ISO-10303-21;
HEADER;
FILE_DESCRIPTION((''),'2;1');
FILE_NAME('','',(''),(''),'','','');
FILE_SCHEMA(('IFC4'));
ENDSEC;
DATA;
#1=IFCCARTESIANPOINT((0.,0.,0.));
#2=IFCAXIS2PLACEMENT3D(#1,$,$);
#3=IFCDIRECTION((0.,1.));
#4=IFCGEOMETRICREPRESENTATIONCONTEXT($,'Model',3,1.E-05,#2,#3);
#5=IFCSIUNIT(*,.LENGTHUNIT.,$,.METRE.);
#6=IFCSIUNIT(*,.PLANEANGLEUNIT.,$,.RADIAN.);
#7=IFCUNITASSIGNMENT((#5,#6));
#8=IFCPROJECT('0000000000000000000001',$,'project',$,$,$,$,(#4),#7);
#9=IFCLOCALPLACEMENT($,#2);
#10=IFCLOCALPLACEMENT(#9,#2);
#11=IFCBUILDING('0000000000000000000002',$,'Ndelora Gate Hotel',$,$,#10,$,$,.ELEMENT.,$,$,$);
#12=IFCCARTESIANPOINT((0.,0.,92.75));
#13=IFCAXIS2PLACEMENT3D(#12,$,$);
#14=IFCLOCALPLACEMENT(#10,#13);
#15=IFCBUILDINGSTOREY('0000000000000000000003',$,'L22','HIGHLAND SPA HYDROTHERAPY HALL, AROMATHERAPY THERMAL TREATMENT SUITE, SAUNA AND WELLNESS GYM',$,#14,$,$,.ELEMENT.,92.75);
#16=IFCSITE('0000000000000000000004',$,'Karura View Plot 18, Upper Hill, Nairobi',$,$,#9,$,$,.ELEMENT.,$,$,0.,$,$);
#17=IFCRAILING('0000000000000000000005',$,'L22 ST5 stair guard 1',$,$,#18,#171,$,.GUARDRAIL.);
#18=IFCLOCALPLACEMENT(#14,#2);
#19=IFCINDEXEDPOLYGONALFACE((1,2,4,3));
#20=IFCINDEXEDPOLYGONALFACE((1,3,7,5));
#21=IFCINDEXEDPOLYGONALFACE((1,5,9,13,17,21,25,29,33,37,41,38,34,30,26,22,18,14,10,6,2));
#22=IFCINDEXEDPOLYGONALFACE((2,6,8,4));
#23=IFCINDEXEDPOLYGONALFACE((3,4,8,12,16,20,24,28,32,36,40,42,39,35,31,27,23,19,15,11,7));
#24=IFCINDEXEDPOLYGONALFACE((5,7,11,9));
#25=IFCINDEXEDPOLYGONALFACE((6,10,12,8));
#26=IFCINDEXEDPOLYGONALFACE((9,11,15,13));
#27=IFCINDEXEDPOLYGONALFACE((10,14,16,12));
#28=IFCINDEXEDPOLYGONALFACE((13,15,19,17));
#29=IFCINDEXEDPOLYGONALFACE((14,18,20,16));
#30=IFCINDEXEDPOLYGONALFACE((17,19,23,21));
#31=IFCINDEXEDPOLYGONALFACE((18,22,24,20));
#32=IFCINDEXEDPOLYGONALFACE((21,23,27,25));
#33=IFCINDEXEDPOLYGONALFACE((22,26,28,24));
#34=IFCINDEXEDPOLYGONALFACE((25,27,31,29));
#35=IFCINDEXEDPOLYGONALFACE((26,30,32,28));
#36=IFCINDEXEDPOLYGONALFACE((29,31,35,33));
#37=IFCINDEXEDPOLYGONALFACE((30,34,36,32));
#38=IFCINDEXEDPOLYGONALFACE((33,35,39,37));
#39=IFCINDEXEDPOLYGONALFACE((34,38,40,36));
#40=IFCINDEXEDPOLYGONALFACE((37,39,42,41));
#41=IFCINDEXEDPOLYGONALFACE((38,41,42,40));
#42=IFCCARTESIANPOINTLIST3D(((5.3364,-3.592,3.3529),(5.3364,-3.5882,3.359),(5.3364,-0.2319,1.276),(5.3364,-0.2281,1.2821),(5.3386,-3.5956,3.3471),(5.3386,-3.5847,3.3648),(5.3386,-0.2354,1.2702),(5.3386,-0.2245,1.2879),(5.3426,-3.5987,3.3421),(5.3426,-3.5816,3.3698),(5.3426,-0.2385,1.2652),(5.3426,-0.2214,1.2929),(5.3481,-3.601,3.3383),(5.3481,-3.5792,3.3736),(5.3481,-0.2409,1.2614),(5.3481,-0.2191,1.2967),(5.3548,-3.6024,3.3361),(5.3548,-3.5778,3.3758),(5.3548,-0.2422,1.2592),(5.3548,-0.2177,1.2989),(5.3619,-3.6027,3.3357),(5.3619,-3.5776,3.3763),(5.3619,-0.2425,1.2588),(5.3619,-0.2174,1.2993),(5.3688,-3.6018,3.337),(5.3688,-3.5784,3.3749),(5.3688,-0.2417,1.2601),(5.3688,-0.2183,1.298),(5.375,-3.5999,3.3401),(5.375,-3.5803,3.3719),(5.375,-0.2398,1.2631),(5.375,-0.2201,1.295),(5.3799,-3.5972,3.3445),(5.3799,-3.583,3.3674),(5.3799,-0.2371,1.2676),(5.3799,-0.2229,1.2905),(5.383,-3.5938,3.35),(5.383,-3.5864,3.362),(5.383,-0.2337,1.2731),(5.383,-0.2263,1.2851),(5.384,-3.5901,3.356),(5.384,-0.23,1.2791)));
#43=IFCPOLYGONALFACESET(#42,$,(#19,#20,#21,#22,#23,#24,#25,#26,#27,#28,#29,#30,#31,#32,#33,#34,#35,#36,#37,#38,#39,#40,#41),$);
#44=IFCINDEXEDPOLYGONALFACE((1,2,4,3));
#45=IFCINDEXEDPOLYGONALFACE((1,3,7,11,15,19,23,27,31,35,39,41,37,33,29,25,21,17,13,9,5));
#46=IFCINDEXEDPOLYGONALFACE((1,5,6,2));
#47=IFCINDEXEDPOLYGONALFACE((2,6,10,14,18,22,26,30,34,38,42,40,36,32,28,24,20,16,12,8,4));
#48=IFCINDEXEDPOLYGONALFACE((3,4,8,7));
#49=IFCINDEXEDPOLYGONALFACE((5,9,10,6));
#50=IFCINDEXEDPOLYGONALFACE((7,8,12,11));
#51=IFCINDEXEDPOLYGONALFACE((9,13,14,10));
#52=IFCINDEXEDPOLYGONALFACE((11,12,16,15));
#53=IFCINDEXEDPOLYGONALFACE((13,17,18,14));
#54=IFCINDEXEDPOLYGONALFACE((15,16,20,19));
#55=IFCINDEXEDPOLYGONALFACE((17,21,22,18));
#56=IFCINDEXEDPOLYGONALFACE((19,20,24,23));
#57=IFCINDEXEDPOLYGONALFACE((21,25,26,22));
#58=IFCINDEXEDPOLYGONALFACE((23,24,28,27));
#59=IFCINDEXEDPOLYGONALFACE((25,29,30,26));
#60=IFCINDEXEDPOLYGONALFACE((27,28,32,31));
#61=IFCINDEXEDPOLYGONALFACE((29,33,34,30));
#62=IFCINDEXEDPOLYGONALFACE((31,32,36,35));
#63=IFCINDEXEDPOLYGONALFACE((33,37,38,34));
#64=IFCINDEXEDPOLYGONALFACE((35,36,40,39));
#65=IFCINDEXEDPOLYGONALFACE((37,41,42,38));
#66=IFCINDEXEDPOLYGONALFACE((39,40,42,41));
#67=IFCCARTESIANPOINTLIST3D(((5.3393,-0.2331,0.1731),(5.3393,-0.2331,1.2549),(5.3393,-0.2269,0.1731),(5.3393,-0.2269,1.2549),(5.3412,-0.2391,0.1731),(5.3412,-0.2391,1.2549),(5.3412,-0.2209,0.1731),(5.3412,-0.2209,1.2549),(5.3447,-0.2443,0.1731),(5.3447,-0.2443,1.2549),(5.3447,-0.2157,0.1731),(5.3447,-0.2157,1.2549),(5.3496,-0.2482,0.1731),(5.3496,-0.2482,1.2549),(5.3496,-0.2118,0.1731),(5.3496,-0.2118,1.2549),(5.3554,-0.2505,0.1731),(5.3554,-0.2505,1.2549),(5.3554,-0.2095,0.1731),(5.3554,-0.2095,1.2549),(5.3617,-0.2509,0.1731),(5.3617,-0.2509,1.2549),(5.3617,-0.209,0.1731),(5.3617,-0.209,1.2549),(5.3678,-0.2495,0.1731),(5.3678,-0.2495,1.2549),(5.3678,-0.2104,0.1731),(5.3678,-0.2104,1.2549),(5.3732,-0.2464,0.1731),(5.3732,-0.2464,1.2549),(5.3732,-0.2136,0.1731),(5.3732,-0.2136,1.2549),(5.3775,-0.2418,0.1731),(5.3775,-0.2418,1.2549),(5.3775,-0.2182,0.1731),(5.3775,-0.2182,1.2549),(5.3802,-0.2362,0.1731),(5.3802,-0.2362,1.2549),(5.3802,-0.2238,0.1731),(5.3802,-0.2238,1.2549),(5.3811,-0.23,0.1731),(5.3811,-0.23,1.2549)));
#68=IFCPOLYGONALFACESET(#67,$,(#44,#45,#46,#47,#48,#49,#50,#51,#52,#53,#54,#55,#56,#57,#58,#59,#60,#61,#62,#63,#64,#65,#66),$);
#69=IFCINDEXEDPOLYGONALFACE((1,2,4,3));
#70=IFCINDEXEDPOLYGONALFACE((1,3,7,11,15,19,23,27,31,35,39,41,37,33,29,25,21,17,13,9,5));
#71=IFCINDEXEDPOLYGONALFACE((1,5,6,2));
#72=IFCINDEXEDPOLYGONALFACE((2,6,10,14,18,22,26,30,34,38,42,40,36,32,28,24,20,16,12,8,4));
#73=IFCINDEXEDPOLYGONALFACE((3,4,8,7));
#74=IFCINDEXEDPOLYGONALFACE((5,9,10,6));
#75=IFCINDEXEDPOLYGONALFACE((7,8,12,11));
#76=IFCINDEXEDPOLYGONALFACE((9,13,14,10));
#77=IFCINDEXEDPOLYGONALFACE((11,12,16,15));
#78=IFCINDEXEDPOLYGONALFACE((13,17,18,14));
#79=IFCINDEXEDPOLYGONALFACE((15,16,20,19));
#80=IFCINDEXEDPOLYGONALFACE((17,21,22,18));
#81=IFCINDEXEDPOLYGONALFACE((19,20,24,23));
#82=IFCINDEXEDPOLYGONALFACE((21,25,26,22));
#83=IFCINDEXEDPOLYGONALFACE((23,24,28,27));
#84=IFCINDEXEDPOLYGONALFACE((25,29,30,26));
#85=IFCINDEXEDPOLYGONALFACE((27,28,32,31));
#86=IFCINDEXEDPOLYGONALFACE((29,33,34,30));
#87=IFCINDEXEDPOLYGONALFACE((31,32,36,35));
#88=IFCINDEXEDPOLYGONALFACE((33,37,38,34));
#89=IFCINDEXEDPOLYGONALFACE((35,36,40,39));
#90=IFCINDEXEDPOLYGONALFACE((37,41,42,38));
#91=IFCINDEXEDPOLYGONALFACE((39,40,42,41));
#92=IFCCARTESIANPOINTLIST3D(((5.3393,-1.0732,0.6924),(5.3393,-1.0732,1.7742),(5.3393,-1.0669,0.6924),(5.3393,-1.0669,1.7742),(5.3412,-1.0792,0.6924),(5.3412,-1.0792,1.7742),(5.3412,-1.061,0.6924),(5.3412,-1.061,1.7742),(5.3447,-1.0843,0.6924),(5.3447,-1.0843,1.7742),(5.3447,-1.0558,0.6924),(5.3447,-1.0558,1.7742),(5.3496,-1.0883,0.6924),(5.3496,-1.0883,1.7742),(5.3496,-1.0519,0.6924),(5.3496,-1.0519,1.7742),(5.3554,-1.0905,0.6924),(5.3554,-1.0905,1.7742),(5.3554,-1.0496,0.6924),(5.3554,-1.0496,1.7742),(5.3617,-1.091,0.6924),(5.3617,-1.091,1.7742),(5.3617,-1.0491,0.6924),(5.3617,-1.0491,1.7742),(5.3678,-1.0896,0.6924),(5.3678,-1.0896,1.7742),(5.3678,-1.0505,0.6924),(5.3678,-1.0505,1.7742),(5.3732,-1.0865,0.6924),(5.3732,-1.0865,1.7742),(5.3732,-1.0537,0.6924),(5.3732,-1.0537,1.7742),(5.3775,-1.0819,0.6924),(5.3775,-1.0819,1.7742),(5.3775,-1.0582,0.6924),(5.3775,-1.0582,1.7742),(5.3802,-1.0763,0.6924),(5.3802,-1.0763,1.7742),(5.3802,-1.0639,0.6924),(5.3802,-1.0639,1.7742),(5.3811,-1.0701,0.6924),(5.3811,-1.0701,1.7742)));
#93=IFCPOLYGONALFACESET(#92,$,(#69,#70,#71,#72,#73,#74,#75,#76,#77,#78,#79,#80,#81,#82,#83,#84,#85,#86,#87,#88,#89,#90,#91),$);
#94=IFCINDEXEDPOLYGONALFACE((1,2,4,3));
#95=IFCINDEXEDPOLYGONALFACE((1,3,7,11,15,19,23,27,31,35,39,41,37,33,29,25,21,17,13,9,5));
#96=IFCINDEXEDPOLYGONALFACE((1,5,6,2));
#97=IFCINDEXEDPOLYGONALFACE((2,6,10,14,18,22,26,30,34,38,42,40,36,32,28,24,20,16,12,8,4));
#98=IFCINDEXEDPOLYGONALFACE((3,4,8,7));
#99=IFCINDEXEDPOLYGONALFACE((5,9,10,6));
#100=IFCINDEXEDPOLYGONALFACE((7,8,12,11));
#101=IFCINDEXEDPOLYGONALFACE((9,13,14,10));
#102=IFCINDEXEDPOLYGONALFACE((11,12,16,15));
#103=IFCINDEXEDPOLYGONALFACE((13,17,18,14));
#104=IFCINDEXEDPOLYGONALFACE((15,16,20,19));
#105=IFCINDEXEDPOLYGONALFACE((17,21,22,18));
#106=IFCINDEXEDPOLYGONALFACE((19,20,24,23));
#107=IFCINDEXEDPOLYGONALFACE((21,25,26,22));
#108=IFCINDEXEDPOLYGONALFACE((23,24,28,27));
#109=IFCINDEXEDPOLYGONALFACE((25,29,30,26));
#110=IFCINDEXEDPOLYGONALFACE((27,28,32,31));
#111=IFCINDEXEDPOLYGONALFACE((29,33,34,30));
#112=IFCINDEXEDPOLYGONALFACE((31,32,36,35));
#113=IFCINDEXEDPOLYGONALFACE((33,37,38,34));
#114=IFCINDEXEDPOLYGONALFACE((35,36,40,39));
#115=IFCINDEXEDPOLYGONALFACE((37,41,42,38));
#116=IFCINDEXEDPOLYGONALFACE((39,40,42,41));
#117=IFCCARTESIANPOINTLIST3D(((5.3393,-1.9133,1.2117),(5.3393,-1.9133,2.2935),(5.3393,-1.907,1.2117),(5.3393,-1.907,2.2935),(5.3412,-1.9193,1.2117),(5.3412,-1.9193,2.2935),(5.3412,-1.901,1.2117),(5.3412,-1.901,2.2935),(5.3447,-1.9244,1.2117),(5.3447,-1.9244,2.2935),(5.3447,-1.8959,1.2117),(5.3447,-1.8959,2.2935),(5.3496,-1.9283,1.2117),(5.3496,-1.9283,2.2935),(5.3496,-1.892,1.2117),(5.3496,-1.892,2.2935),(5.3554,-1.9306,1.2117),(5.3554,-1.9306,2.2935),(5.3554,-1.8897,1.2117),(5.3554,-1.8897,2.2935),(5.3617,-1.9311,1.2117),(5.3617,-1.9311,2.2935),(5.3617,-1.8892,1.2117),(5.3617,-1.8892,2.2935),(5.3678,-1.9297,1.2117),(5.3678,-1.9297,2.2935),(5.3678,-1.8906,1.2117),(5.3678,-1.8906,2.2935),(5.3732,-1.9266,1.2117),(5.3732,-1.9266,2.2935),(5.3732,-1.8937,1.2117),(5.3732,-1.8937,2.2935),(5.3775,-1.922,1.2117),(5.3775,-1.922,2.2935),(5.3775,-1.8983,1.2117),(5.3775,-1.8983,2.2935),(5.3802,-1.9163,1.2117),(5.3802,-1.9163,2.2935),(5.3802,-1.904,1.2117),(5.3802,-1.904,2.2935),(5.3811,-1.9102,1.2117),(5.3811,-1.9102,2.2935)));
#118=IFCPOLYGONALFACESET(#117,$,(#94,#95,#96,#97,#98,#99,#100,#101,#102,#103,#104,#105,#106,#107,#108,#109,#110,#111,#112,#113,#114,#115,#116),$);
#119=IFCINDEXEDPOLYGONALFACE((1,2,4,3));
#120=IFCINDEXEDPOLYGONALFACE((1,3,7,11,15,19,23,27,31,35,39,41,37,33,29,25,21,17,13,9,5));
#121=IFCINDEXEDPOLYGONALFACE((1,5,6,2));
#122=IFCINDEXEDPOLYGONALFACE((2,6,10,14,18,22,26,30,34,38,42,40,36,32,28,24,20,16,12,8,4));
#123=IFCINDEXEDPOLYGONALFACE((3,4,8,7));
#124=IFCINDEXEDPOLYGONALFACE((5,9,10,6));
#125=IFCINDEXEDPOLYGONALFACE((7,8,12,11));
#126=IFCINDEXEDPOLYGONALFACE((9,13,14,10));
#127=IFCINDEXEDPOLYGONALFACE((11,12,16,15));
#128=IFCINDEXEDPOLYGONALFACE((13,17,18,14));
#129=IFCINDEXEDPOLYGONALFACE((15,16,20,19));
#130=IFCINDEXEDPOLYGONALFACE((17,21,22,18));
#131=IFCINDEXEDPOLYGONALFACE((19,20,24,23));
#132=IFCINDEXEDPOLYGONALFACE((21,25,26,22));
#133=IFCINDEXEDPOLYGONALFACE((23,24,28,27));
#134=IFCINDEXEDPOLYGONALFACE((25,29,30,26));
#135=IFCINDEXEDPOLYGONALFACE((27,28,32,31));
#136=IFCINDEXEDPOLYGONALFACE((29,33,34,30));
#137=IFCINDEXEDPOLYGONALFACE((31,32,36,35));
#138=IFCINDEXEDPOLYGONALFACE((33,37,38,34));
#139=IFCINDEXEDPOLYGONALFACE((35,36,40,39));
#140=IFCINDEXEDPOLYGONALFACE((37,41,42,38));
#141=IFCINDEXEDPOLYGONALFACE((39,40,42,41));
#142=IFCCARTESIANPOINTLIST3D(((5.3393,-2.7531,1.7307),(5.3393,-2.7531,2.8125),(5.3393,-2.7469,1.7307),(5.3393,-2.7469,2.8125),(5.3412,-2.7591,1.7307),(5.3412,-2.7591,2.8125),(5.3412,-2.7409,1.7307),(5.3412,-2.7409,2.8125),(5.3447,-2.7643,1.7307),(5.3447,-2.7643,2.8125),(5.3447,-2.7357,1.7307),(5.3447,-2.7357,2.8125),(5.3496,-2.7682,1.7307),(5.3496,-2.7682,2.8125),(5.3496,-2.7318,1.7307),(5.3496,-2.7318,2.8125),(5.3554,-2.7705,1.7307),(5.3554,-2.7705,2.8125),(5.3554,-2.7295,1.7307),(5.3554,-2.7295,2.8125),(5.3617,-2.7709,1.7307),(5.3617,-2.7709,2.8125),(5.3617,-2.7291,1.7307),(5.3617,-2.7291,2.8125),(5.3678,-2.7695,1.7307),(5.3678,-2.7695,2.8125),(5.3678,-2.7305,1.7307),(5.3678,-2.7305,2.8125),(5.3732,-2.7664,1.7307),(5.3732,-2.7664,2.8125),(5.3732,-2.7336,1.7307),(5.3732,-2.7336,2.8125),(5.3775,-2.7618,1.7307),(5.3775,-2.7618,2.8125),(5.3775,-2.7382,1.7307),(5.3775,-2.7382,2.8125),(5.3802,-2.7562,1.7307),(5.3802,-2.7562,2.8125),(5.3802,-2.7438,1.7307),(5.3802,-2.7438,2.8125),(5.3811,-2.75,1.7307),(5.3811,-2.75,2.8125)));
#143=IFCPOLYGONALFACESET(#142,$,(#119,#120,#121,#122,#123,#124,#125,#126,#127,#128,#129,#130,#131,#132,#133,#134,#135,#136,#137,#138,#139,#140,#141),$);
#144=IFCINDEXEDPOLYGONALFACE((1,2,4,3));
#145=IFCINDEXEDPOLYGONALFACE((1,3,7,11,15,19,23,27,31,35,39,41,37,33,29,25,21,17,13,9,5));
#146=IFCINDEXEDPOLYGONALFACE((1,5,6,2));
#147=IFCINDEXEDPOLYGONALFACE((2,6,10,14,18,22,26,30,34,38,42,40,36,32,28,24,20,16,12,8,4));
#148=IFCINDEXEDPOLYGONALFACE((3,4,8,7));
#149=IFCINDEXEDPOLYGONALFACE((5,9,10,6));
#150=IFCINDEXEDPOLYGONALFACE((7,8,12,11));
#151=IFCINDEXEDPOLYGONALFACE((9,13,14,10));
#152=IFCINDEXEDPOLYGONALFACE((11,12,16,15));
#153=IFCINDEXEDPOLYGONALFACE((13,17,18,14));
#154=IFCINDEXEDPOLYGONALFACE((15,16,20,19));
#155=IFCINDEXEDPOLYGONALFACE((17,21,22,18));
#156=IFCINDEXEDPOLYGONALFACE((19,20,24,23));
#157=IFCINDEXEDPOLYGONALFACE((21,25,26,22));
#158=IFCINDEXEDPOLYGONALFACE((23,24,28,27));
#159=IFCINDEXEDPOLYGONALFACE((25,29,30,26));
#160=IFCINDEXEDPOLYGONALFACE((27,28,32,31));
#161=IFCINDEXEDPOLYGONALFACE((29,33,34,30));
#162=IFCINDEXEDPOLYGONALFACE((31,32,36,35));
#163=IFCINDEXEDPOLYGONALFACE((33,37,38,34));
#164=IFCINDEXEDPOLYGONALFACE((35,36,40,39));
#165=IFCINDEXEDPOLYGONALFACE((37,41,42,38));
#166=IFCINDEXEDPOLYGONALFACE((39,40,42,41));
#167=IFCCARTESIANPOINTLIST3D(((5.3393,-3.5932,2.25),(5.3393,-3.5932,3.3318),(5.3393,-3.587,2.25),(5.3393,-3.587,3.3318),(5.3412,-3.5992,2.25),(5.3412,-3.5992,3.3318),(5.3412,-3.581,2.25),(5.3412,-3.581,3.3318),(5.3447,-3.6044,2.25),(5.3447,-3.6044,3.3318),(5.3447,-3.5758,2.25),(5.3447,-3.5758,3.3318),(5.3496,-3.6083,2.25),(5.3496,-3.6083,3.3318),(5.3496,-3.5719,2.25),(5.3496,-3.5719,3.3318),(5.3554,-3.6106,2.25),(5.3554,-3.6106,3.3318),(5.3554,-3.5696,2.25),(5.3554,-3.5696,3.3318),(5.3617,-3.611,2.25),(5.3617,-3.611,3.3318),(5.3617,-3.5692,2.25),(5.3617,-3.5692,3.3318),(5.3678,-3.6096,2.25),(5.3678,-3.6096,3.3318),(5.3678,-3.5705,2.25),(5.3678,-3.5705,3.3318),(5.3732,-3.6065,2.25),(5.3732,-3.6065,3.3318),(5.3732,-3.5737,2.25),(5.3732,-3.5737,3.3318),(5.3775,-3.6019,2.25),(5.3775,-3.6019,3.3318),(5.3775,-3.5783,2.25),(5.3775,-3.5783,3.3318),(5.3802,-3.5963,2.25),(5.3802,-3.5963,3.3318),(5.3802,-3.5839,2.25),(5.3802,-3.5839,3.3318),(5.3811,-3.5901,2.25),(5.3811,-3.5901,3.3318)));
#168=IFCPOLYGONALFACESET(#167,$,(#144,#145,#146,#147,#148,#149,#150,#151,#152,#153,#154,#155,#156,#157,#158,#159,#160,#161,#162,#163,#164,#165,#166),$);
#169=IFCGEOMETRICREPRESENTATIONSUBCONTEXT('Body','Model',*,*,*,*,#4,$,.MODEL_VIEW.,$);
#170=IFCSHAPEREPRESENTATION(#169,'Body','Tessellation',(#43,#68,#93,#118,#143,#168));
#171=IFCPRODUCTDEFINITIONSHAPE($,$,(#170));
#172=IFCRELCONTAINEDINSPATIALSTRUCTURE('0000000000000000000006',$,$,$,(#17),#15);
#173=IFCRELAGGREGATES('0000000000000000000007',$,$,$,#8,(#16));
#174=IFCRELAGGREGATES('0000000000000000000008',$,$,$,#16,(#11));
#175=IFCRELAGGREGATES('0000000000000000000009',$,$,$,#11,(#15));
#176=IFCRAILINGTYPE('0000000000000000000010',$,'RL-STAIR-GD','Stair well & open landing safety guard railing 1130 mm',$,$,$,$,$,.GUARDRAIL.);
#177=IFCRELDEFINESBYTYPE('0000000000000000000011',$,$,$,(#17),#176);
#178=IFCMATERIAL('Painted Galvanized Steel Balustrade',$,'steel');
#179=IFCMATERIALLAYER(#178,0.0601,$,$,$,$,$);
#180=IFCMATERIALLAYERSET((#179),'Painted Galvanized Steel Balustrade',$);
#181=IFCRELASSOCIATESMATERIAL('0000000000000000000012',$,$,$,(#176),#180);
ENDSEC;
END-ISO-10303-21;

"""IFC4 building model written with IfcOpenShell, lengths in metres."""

from ifc_helpers import new_model, si_unit, direction, frame, origin, origin_2d, place, context, subcontext, project, spatial, circle, extrude, material, layer, layer_set, type_object, element, save


model = new_model("IFC4")

# Units and contexts
model_context = context("Model", 3, precision=1e-05, world=origin(), true_north=direction((0.0, 1.0)))
body_context = subcontext(model_context, "Body", "Model", "MODEL_VIEW")
ifc_project = project(units=[si_unit("LENGTHUNIT", "METRE"), si_unit("PLANEANGLEUNIT", "RADIAN")], contexts=[model_context])

# Site, building, storey
site_placement = place(None, origin())
site = spatial("IfcSite", under=ifc_project, at=site_placement, Name="Karura View Plot 18, Upper Hill, Nairobi", CompositionType="ELEMENT", RefElevation=0.0)
building_placement = place(site_placement, origin())
building = spatial("IfcBuilding", under=site, at=building_placement, Name="Ndelora Gate Hotel", CompositionType="ELEMENT")
storey_placement = place(building_placement, frame((0.0, 0.0, 92.75)))
storey = spatial("IfcBuildingStorey", under=building, at=storey_placement, Name="L22", Description="HIGHLAND SPA HYDROTHERAPY HALL, AROMATHERAPY THERMAL TREATMENT SUITE, SAUNA AND WELLNESS GYM", CompositionType="ELEMENT", Elevation=92.75)

# Railing
ifc_material_1 = material(Name="Painted Galvanized Steel Balustrade", Category="steel")
ifc_layer_1 = layer(ifc_material_1, 0.0601)
ifc_layer_set_1 = layer_set([ifc_layer_1], Name="Painted Galvanized Steel Balustrade")
railing_type_1 = type_object("IfcRailingType", Name="RL-STAIR-GD", Description="Stair well & open landing safety guard railing 1130 mm", PredefinedType="GUARDRAIL", material=ifc_layer_set_1)
railing_1_placement = place(storey_placement, frame((5.3601, -0.23, 0.1731)))
element("IfcRailing", 1, at=railing_1_placement, inside=storey, type_object=railing_type_1, Name="L22 ST5 stair guard 1", PredefinedType="GUARDRAIL", context=body_context, shape_type="SweptSolid", body=[
    extrude(circle(Radius=0.0239, at=origin_2d()), frame((0.0, 0.0, 1.106), z_axis=(0.0, -0.850623, 0.525776), x_axis=(1.0, 0.0, 0.0)), (0.0, 0.0, 1.0), 3.9502),
    extrude(circle(Radius=0.021, at=origin_2d()), origin(), (0.0, 0.0, 1.0), 1.0818),
    extrude(circle(Radius=0.021, at=origin_2d()), frame((0.0, -0.8401, 0.5193)), (0.0, 0.0, 1.0), 1.0818),
    extrude(circle(Radius=0.021, at=origin_2d()), frame((0.0, -1.6802, 1.0386)), (0.0, 0.0, 1.0), 1.0818),
    extrude(circle(Radius=0.021, at=origin_2d()), frame((0.0, -2.52, 1.5576)), (0.0, 0.0, 1.0), 1.0818),
    extrude(circle(Radius=0.021, at=origin_2d()), frame((0.0, -3.3601, 2.0769)), (0.0, 0.0, 1.0), 1.0818),
])

save(model, "model.ifc")
